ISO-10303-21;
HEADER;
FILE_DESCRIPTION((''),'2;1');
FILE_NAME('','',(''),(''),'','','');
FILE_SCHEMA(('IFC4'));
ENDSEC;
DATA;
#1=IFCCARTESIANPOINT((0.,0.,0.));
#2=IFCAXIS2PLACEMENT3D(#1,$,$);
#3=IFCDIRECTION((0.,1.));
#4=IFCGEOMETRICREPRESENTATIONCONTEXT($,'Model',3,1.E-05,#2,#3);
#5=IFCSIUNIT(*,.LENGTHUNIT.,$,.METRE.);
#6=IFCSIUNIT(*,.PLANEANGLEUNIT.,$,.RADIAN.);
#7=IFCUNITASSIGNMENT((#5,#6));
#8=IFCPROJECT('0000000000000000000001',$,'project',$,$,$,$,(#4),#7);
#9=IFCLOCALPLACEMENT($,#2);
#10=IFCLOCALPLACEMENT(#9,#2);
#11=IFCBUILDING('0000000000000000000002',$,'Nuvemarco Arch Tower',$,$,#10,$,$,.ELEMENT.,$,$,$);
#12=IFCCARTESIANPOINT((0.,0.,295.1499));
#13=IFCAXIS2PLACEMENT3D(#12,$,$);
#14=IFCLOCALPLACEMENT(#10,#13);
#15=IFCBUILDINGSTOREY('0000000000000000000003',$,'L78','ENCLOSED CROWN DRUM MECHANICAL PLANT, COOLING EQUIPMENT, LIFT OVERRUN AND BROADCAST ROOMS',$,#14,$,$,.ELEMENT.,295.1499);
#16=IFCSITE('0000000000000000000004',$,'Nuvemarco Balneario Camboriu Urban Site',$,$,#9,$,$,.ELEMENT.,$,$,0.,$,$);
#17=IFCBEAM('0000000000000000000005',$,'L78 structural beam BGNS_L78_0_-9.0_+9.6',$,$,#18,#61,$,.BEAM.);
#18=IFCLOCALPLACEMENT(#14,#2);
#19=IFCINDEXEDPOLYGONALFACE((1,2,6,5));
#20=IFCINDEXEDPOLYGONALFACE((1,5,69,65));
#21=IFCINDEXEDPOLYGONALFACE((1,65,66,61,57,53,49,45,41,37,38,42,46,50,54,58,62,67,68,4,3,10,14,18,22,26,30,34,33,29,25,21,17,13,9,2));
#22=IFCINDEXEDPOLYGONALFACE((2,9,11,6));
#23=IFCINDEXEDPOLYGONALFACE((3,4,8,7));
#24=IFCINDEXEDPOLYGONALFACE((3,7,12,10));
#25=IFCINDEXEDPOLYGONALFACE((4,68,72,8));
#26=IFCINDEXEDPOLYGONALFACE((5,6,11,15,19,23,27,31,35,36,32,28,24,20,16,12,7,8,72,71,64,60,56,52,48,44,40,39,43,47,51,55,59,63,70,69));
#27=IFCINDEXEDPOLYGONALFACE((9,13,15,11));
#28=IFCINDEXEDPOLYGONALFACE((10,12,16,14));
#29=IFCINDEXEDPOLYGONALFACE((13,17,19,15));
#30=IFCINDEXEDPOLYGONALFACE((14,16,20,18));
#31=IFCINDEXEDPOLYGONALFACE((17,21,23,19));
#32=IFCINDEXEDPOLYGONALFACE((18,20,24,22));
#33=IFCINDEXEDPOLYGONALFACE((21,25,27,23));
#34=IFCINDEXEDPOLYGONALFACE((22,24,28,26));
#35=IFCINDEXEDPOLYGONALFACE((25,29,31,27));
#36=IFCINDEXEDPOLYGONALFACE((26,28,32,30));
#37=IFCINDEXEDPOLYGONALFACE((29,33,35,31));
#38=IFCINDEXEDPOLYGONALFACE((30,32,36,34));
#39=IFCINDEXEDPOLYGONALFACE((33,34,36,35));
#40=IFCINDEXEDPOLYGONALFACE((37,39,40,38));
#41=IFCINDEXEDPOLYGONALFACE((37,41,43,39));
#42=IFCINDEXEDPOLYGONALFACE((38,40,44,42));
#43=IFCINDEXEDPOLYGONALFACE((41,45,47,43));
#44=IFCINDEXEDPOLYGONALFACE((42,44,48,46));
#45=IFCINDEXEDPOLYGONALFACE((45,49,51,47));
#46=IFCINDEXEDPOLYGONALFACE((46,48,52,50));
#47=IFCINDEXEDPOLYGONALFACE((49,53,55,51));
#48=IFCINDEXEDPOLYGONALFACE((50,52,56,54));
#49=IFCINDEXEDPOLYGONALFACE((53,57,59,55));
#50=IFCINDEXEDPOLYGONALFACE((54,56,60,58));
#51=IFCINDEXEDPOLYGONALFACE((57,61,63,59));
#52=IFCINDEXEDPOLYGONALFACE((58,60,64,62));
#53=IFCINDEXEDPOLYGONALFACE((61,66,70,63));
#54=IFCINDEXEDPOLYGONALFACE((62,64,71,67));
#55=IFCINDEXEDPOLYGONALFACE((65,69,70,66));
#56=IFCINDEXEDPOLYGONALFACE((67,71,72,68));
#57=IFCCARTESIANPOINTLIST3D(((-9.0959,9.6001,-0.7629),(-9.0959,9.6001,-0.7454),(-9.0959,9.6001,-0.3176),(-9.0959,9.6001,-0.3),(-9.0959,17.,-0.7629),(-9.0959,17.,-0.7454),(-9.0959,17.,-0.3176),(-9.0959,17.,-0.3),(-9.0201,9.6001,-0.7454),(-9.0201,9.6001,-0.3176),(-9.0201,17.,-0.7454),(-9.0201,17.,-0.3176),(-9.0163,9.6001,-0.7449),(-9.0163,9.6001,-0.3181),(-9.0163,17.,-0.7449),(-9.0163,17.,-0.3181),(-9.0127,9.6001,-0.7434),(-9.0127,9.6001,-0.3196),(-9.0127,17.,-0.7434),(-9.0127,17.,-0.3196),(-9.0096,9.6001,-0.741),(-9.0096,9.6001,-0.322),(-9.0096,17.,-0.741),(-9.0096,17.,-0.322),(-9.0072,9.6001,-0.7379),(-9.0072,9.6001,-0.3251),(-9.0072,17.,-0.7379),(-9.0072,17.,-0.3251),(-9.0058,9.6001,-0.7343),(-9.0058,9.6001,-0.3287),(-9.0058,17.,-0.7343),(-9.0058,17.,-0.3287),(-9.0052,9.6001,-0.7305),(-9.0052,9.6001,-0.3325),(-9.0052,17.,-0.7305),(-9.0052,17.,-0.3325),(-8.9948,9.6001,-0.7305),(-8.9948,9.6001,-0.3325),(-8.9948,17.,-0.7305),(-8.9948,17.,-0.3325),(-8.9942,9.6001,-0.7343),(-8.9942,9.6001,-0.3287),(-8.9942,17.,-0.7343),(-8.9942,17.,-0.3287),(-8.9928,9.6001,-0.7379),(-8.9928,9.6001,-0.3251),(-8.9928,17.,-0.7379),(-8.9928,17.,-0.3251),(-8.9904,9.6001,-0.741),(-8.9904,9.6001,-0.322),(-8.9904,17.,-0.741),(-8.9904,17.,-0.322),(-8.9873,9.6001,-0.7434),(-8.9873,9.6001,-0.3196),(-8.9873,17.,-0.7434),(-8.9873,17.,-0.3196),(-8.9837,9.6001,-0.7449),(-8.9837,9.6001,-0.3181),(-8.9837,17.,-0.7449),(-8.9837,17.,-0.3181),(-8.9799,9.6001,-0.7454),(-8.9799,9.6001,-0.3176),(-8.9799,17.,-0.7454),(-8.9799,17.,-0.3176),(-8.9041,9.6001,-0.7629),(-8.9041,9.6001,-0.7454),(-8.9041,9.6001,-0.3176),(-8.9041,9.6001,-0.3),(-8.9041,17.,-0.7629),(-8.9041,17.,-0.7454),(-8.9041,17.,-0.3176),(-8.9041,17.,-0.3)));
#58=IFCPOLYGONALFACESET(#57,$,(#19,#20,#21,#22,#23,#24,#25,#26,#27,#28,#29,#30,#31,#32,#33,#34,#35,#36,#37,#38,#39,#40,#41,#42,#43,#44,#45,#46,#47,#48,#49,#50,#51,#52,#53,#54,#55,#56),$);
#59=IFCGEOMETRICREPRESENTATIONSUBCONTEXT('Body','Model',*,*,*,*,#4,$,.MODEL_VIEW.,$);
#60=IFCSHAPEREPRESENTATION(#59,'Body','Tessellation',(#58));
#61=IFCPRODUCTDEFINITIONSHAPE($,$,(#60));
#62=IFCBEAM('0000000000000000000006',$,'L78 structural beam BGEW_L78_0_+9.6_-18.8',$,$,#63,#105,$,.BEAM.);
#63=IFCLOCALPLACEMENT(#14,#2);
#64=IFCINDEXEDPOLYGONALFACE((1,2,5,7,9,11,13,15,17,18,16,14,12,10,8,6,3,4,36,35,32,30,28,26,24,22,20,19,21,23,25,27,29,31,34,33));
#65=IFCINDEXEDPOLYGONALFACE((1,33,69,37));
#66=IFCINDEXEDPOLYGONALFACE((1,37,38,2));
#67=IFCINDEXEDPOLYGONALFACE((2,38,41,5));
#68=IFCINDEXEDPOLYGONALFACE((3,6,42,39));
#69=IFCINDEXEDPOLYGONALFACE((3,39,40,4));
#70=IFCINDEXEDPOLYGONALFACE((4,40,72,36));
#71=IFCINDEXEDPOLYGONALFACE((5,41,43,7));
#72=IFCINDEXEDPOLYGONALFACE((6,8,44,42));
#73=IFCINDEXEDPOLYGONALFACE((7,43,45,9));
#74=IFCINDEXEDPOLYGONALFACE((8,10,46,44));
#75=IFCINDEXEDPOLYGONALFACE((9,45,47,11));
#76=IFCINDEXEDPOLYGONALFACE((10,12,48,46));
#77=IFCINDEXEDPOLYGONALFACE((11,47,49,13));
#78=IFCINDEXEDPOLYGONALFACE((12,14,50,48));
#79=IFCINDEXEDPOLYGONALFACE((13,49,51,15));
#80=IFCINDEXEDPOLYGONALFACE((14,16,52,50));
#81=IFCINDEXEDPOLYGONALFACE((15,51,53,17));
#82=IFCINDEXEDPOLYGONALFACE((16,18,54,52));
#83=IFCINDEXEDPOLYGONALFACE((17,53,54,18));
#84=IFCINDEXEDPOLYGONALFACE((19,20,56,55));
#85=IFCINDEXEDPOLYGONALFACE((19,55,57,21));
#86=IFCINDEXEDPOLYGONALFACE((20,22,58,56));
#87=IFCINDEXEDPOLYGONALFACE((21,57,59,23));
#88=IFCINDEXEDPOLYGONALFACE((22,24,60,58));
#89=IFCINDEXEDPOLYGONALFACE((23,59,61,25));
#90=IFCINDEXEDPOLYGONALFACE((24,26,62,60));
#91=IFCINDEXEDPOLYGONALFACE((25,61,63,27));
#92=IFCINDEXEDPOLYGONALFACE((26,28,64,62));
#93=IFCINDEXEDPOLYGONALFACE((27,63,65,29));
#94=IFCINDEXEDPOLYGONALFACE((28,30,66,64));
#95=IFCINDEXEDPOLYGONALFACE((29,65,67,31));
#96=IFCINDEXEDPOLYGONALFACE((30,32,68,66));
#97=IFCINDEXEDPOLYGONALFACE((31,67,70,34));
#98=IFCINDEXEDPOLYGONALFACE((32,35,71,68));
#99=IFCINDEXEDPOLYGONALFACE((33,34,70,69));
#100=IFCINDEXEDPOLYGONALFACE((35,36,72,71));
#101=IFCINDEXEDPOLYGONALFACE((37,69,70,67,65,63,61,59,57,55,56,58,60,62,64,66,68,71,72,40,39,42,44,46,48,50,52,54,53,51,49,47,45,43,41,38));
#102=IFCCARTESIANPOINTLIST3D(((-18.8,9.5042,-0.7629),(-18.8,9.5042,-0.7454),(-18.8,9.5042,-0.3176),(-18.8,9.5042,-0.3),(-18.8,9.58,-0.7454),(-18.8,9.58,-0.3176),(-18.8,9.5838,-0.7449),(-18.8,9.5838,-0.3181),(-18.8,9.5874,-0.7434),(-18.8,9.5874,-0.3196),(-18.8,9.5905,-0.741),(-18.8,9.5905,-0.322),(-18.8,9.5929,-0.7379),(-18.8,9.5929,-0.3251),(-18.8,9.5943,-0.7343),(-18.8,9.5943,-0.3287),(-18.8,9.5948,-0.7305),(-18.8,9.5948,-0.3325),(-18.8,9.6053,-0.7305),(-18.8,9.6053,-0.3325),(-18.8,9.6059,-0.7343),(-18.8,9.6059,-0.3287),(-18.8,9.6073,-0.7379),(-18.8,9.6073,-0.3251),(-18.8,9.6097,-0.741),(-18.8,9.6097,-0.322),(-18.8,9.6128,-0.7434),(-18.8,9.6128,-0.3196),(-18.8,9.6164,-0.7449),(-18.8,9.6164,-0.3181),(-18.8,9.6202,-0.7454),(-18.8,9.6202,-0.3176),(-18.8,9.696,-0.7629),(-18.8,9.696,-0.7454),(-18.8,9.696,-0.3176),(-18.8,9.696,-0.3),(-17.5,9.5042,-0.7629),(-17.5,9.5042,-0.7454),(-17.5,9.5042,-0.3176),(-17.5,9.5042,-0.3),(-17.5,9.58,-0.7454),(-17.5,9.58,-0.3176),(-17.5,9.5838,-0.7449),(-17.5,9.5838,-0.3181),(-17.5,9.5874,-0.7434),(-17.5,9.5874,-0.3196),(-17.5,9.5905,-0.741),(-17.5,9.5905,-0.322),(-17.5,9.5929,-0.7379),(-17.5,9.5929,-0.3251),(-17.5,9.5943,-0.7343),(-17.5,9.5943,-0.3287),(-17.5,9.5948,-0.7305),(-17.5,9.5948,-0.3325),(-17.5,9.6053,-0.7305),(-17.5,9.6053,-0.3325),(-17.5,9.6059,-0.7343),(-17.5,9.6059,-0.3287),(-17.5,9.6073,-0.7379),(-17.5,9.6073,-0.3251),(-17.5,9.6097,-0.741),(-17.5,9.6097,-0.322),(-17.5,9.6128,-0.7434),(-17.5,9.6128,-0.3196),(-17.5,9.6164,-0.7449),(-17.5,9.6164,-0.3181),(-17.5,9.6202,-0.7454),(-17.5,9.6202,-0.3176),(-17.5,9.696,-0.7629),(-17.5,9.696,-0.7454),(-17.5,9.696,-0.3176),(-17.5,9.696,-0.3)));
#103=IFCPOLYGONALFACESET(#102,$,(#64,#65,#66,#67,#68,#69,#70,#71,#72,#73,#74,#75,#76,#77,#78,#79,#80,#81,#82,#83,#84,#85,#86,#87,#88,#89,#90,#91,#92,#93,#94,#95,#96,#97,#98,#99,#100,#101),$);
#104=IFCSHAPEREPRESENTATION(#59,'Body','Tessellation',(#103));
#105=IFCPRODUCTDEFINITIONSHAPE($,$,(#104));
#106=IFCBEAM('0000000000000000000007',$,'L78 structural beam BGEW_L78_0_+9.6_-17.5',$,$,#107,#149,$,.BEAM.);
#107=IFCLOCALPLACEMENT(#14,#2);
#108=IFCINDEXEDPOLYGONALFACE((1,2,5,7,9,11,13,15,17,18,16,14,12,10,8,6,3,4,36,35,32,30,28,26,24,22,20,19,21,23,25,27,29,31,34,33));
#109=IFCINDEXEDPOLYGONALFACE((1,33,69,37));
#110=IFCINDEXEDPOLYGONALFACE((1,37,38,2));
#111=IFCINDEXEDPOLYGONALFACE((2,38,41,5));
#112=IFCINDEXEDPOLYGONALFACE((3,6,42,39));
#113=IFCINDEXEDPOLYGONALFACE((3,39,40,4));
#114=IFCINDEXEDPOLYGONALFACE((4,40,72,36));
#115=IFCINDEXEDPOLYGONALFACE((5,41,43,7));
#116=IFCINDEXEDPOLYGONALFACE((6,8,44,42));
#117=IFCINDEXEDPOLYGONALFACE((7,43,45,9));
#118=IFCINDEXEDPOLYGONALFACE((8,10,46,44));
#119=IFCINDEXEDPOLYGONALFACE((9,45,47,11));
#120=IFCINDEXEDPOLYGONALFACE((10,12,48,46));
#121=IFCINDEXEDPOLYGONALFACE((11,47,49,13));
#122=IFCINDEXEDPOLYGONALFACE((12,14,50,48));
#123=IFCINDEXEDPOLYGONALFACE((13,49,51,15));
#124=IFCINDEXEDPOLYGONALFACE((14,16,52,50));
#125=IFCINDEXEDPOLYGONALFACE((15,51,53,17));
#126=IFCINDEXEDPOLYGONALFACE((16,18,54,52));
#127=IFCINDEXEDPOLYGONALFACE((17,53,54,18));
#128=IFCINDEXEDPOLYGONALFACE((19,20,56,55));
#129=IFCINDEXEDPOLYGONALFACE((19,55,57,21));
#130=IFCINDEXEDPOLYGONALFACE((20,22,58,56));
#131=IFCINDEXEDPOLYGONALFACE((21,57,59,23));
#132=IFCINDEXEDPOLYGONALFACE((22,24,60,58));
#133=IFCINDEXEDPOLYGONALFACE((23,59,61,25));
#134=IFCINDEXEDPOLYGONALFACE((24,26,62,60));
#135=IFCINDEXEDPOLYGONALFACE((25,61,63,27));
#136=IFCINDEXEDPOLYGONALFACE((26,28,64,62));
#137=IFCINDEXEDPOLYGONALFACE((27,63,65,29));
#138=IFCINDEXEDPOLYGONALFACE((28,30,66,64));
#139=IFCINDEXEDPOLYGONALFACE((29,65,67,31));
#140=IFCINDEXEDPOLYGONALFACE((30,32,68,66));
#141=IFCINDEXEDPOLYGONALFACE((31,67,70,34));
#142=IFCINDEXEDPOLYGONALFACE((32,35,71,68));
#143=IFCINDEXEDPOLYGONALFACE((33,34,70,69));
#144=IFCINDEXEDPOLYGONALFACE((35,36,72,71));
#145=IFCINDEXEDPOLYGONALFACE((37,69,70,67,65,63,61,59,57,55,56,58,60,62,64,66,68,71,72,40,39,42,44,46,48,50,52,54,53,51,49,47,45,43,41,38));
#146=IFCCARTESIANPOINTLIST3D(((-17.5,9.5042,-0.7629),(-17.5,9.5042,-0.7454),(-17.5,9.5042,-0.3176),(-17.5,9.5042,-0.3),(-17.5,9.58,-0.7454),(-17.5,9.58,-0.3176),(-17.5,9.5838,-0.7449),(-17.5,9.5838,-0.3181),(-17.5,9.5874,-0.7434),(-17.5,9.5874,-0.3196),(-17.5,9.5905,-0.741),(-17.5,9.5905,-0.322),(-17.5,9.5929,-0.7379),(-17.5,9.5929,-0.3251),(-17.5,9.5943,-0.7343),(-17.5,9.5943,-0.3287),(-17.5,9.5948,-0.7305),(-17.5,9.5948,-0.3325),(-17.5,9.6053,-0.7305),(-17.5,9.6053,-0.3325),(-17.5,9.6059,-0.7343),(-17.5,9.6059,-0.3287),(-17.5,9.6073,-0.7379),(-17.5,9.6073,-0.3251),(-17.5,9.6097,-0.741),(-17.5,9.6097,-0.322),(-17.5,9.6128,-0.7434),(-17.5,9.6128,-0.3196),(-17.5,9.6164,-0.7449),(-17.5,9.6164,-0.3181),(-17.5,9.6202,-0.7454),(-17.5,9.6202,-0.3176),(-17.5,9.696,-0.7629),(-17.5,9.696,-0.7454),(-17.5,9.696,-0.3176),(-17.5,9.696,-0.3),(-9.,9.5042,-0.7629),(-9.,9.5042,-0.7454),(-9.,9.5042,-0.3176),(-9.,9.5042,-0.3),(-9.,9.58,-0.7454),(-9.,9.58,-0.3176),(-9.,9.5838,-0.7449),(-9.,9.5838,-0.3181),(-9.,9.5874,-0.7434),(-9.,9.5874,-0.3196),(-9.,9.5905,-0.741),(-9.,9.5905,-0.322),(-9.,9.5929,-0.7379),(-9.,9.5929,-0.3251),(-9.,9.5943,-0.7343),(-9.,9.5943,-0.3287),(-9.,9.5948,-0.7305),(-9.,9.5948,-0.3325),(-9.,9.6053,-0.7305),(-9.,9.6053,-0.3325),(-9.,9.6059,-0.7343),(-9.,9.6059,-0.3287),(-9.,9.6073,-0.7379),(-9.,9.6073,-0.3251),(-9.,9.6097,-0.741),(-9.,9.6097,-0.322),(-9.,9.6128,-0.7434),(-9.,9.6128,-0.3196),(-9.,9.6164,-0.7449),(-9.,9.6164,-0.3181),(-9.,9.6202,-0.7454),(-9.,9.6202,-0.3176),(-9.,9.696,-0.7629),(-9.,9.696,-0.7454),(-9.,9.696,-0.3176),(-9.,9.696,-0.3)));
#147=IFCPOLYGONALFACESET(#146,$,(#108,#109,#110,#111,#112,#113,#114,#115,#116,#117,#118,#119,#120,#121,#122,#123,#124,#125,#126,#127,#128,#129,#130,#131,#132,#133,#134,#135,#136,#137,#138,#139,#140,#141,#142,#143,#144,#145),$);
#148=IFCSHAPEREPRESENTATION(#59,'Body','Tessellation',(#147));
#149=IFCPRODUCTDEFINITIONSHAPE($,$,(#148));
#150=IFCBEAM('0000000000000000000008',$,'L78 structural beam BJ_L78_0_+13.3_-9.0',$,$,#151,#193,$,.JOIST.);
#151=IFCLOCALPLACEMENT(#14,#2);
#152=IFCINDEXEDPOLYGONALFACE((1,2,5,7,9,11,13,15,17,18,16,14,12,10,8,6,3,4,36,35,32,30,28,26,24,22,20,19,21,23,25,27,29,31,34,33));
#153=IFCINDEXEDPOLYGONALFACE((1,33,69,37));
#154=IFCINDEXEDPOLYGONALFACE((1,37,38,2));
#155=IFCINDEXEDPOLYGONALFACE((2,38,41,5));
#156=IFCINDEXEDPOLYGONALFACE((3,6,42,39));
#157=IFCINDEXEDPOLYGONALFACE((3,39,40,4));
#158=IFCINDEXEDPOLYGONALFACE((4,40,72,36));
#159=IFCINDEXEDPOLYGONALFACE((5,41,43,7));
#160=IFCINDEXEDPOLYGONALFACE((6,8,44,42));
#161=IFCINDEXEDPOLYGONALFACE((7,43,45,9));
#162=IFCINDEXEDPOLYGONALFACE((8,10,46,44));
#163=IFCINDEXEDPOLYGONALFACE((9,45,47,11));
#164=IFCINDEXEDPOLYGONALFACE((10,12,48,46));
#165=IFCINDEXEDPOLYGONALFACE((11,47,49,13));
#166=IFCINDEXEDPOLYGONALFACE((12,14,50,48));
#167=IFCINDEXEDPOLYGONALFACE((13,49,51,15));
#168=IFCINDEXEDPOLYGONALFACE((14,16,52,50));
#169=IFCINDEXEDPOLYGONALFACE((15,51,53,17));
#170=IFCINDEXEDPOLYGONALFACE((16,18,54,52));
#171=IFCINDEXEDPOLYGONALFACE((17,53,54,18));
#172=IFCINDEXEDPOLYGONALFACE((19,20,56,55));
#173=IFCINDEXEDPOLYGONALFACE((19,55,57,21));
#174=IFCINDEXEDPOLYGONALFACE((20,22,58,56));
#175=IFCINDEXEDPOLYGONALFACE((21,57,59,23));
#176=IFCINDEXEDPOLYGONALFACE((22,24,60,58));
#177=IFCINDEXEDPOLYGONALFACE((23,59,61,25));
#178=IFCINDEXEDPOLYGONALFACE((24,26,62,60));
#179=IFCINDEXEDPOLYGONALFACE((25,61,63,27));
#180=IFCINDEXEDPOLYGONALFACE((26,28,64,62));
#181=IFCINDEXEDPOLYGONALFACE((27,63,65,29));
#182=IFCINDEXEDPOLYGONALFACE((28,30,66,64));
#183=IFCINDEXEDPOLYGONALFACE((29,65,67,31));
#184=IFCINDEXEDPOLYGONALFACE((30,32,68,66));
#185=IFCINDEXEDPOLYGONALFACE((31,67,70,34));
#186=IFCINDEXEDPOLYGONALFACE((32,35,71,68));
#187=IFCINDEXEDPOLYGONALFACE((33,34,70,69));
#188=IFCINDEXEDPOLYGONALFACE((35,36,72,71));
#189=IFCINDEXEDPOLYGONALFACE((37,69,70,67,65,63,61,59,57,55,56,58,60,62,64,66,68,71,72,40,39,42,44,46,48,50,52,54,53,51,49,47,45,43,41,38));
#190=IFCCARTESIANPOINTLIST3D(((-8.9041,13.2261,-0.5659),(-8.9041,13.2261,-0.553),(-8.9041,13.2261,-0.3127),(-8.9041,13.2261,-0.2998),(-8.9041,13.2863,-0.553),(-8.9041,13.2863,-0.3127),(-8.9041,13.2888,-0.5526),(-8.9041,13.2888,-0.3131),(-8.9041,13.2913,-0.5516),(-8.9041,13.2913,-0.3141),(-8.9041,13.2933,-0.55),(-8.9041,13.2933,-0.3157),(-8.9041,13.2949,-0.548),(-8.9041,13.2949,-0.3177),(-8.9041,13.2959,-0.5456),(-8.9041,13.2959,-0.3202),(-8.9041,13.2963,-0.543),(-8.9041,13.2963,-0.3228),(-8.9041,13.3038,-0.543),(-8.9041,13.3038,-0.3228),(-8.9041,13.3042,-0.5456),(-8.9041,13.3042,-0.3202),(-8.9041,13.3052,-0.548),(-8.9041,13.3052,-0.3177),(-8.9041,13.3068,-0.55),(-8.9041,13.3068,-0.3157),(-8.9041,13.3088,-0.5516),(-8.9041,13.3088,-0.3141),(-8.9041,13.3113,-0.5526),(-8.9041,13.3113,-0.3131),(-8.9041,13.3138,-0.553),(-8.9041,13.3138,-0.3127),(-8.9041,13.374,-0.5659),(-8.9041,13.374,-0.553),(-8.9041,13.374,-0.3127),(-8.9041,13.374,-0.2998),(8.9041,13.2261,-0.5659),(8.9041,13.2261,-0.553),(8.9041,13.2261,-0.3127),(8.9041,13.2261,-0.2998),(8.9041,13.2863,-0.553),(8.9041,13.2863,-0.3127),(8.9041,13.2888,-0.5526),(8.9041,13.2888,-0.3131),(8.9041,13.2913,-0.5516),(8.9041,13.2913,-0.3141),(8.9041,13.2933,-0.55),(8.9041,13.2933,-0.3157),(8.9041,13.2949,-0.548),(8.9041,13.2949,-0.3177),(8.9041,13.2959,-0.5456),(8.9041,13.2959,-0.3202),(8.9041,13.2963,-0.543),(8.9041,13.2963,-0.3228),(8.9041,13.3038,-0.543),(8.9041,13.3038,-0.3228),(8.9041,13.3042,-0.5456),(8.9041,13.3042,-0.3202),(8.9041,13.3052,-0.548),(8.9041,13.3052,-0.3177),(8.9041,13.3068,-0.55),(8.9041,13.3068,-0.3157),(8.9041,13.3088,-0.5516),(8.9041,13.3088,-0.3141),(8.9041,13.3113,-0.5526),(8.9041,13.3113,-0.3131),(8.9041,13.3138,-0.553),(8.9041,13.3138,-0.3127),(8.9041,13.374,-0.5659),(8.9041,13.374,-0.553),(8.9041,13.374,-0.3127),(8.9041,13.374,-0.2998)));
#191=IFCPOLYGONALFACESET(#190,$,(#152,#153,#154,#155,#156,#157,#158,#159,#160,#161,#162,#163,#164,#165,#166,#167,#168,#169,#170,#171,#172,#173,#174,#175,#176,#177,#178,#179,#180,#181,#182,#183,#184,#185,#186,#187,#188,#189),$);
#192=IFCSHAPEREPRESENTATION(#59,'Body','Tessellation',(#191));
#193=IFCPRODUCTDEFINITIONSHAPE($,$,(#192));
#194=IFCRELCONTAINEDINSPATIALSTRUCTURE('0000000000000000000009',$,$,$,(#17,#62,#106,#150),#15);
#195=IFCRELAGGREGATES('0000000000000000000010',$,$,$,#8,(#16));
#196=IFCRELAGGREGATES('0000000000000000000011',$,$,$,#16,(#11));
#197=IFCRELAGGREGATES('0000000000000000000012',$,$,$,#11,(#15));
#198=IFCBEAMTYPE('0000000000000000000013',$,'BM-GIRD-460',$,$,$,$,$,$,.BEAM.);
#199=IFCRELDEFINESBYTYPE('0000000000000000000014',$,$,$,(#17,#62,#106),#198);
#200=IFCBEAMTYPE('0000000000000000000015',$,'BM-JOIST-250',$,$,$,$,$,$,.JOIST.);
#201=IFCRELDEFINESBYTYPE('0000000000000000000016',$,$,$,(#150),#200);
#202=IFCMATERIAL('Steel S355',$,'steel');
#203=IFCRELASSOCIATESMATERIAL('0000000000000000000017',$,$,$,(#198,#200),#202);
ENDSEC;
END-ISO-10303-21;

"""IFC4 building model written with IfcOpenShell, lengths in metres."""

from ifc_helpers import new_model, si_unit, direction, frame, origin, origin_2d, place, context, subcontext, project, spatial, i_section, extrude, material, material_profile, profile_set, type_object, element, save


model = new_model("IFC4")

# Units and contexts
model_context = context("Model", 3, precision=1e-05, world=origin(), true_north=direction((0.0, 1.0)))
body_context = subcontext(model_context, "Body", "Model", "MODEL_VIEW")
ifc_project = project(units=[si_unit("LENGTHUNIT", "METRE"), si_unit("PLANEANGLEUNIT", "RADIAN")], contexts=[model_context])

# Site, building, storey
site_placement = place(None, origin())
site = spatial("IfcSite", under=ifc_project, at=site_placement, Name="Nuvemarco Balneario Camboriu Urban Site", CompositionType="ELEMENT", RefElevation=0.0)
building_placement = place(site_placement, origin())
building = spatial("IfcBuilding", under=site, at=building_placement, Name="Nuvemarco Arch Tower", CompositionType="ELEMENT")
storey_placement = place(building_placement, frame((0.0, 0.0, 295.1499)))
storey = spatial("IfcBuildingStorey", under=building, at=storey_placement, Name="L78", Description="ENCLOSED CROWN DRUM MECHANICAL PLANT, COOLING EQUIPMENT, LIFT OVERRUN AND BROADCAST ROOMS", CompositionType="ELEMENT", Elevation=295.1499)

# Shared definitions
ifc_material_1 = material(Name="Steel S355", Category="steel")

# Beams
ifc_material_profile_1 = material_profile(ifc_material_1, i_section(OverallWidth=0.1919, OverallDepth=0.4629, WebThickness=0.0105, FlangeThickness=0.0176, FilletRadius=0.0149, at=origin_2d()), Name="W460x89")
ifc_profile_set_1 = profile_set([ifc_material_profile_1], Name="Steel S355")
beam_type_1 = type_object("IfcBeamType", Name="BM-GIRD-460", PredefinedType="BEAM", material=ifc_profile_set_1)
beam_1_placement = place(storey_placement, frame((-9.0, 9.6001, -0.5315), z_axis=(0.0, 1.0, 0.0), x_axis=(-1.0, 0.0, 0.0)))
element("IfcBeam", 1, at=beam_1_placement, inside=storey, type_object=beam_type_1, Name="L78 structural beam BGNS_L78_0_-9.0_+9.6", PredefinedType="BEAM", context=body_context, shape_type="SweptSolid", body=[
    extrude(i_section(OverallWidth=0.1919, OverallDepth=0.4629, WebThickness=0.0105, FlangeThickness=0.0176, FilletRadius=0.0149, at=origin_2d()), origin(), (0.0, 0.0, 1.0), 7.3999),
])
beam_2_placement = place(storey_placement, frame((-18.8, 9.6001, -0.5315), z_axis=(1.0, 0.0, 0.0), x_axis=(0.0, 1.0, 0.0)))
element("IfcBeam", 2, at=beam_2_placement, inside=storey, type_object=beam_type_1, Name="L78 structural beam BGEW_L78_0_+9.6_-18.8", PredefinedType="BEAM", context=body_context, shape_type="SweptSolid", body=[
    extrude(i_section(OverallWidth=0.1919, OverallDepth=0.4629, WebThickness=0.0105, FlangeThickness=0.0176, FilletRadius=0.0149, at=origin_2d()), origin(), (0.0, 0.0, 1.0), 1.3),
])
beam_3_placement = place(storey_placement, frame((-17.5, 9.6001, -0.5315), z_axis=(1.0, 0.0, 0.0), x_axis=(0.0, 1.0, 0.0)))
element("IfcBeam", 3, at=beam_3_placement, inside=storey, type_object=beam_type_1, Name="L78 structural beam BGEW_L78_0_+9.6_-17.5", PredefinedType="BEAM", context=body_context, shape_type="SweptSolid", body=[
    extrude(i_section(OverallWidth=0.1919, OverallDepth=0.4629, WebThickness=0.0105, FlangeThickness=0.0176, FilletRadius=0.0149, at=origin_2d()), origin(), (0.0, 0.0, 1.0), 8.5),
])
ifc_material_profile_2 = material_profile(ifc_material_1, i_section(OverallWidth=0.1479, OverallDepth=0.2661, WebThickness=0.0076, FlangeThickness=0.0129, FilletRadius=0.01, at=origin_2d()), Name="W250x44.8")
ifc_profile_set_2 = profile_set([ifc_material_profile_2], Name="Steel S355")
beam_type_2 = type_object("IfcBeamType", Name="BM-JOIST-250", PredefinedType="JOIST", material=ifc_profile_set_2)
beam_4_placement = place(storey_placement, frame((-8.9041, 13.3, -0.4329), z_axis=(1.0, 0.0, 0.0), x_axis=(0.0, 1.0, 0.0)))
element("IfcBeam", 4, at=beam_4_placement, inside=storey, type_object=beam_type_2, Name="L78 structural beam BJ_L78_0_+13.3_-9.0", PredefinedType="JOIST", context=body_context, shape_type="SweptSolid", body=[
    extrude(i_section(OverallWidth=0.1479, OverallDepth=0.2661, WebThickness=0.0076, FlangeThickness=0.0129, FilletRadius=0.01, at=origin_2d()), origin(), (0.0, 0.0, 1.0), 17.8081),
])

save(model, "model.ifc")
